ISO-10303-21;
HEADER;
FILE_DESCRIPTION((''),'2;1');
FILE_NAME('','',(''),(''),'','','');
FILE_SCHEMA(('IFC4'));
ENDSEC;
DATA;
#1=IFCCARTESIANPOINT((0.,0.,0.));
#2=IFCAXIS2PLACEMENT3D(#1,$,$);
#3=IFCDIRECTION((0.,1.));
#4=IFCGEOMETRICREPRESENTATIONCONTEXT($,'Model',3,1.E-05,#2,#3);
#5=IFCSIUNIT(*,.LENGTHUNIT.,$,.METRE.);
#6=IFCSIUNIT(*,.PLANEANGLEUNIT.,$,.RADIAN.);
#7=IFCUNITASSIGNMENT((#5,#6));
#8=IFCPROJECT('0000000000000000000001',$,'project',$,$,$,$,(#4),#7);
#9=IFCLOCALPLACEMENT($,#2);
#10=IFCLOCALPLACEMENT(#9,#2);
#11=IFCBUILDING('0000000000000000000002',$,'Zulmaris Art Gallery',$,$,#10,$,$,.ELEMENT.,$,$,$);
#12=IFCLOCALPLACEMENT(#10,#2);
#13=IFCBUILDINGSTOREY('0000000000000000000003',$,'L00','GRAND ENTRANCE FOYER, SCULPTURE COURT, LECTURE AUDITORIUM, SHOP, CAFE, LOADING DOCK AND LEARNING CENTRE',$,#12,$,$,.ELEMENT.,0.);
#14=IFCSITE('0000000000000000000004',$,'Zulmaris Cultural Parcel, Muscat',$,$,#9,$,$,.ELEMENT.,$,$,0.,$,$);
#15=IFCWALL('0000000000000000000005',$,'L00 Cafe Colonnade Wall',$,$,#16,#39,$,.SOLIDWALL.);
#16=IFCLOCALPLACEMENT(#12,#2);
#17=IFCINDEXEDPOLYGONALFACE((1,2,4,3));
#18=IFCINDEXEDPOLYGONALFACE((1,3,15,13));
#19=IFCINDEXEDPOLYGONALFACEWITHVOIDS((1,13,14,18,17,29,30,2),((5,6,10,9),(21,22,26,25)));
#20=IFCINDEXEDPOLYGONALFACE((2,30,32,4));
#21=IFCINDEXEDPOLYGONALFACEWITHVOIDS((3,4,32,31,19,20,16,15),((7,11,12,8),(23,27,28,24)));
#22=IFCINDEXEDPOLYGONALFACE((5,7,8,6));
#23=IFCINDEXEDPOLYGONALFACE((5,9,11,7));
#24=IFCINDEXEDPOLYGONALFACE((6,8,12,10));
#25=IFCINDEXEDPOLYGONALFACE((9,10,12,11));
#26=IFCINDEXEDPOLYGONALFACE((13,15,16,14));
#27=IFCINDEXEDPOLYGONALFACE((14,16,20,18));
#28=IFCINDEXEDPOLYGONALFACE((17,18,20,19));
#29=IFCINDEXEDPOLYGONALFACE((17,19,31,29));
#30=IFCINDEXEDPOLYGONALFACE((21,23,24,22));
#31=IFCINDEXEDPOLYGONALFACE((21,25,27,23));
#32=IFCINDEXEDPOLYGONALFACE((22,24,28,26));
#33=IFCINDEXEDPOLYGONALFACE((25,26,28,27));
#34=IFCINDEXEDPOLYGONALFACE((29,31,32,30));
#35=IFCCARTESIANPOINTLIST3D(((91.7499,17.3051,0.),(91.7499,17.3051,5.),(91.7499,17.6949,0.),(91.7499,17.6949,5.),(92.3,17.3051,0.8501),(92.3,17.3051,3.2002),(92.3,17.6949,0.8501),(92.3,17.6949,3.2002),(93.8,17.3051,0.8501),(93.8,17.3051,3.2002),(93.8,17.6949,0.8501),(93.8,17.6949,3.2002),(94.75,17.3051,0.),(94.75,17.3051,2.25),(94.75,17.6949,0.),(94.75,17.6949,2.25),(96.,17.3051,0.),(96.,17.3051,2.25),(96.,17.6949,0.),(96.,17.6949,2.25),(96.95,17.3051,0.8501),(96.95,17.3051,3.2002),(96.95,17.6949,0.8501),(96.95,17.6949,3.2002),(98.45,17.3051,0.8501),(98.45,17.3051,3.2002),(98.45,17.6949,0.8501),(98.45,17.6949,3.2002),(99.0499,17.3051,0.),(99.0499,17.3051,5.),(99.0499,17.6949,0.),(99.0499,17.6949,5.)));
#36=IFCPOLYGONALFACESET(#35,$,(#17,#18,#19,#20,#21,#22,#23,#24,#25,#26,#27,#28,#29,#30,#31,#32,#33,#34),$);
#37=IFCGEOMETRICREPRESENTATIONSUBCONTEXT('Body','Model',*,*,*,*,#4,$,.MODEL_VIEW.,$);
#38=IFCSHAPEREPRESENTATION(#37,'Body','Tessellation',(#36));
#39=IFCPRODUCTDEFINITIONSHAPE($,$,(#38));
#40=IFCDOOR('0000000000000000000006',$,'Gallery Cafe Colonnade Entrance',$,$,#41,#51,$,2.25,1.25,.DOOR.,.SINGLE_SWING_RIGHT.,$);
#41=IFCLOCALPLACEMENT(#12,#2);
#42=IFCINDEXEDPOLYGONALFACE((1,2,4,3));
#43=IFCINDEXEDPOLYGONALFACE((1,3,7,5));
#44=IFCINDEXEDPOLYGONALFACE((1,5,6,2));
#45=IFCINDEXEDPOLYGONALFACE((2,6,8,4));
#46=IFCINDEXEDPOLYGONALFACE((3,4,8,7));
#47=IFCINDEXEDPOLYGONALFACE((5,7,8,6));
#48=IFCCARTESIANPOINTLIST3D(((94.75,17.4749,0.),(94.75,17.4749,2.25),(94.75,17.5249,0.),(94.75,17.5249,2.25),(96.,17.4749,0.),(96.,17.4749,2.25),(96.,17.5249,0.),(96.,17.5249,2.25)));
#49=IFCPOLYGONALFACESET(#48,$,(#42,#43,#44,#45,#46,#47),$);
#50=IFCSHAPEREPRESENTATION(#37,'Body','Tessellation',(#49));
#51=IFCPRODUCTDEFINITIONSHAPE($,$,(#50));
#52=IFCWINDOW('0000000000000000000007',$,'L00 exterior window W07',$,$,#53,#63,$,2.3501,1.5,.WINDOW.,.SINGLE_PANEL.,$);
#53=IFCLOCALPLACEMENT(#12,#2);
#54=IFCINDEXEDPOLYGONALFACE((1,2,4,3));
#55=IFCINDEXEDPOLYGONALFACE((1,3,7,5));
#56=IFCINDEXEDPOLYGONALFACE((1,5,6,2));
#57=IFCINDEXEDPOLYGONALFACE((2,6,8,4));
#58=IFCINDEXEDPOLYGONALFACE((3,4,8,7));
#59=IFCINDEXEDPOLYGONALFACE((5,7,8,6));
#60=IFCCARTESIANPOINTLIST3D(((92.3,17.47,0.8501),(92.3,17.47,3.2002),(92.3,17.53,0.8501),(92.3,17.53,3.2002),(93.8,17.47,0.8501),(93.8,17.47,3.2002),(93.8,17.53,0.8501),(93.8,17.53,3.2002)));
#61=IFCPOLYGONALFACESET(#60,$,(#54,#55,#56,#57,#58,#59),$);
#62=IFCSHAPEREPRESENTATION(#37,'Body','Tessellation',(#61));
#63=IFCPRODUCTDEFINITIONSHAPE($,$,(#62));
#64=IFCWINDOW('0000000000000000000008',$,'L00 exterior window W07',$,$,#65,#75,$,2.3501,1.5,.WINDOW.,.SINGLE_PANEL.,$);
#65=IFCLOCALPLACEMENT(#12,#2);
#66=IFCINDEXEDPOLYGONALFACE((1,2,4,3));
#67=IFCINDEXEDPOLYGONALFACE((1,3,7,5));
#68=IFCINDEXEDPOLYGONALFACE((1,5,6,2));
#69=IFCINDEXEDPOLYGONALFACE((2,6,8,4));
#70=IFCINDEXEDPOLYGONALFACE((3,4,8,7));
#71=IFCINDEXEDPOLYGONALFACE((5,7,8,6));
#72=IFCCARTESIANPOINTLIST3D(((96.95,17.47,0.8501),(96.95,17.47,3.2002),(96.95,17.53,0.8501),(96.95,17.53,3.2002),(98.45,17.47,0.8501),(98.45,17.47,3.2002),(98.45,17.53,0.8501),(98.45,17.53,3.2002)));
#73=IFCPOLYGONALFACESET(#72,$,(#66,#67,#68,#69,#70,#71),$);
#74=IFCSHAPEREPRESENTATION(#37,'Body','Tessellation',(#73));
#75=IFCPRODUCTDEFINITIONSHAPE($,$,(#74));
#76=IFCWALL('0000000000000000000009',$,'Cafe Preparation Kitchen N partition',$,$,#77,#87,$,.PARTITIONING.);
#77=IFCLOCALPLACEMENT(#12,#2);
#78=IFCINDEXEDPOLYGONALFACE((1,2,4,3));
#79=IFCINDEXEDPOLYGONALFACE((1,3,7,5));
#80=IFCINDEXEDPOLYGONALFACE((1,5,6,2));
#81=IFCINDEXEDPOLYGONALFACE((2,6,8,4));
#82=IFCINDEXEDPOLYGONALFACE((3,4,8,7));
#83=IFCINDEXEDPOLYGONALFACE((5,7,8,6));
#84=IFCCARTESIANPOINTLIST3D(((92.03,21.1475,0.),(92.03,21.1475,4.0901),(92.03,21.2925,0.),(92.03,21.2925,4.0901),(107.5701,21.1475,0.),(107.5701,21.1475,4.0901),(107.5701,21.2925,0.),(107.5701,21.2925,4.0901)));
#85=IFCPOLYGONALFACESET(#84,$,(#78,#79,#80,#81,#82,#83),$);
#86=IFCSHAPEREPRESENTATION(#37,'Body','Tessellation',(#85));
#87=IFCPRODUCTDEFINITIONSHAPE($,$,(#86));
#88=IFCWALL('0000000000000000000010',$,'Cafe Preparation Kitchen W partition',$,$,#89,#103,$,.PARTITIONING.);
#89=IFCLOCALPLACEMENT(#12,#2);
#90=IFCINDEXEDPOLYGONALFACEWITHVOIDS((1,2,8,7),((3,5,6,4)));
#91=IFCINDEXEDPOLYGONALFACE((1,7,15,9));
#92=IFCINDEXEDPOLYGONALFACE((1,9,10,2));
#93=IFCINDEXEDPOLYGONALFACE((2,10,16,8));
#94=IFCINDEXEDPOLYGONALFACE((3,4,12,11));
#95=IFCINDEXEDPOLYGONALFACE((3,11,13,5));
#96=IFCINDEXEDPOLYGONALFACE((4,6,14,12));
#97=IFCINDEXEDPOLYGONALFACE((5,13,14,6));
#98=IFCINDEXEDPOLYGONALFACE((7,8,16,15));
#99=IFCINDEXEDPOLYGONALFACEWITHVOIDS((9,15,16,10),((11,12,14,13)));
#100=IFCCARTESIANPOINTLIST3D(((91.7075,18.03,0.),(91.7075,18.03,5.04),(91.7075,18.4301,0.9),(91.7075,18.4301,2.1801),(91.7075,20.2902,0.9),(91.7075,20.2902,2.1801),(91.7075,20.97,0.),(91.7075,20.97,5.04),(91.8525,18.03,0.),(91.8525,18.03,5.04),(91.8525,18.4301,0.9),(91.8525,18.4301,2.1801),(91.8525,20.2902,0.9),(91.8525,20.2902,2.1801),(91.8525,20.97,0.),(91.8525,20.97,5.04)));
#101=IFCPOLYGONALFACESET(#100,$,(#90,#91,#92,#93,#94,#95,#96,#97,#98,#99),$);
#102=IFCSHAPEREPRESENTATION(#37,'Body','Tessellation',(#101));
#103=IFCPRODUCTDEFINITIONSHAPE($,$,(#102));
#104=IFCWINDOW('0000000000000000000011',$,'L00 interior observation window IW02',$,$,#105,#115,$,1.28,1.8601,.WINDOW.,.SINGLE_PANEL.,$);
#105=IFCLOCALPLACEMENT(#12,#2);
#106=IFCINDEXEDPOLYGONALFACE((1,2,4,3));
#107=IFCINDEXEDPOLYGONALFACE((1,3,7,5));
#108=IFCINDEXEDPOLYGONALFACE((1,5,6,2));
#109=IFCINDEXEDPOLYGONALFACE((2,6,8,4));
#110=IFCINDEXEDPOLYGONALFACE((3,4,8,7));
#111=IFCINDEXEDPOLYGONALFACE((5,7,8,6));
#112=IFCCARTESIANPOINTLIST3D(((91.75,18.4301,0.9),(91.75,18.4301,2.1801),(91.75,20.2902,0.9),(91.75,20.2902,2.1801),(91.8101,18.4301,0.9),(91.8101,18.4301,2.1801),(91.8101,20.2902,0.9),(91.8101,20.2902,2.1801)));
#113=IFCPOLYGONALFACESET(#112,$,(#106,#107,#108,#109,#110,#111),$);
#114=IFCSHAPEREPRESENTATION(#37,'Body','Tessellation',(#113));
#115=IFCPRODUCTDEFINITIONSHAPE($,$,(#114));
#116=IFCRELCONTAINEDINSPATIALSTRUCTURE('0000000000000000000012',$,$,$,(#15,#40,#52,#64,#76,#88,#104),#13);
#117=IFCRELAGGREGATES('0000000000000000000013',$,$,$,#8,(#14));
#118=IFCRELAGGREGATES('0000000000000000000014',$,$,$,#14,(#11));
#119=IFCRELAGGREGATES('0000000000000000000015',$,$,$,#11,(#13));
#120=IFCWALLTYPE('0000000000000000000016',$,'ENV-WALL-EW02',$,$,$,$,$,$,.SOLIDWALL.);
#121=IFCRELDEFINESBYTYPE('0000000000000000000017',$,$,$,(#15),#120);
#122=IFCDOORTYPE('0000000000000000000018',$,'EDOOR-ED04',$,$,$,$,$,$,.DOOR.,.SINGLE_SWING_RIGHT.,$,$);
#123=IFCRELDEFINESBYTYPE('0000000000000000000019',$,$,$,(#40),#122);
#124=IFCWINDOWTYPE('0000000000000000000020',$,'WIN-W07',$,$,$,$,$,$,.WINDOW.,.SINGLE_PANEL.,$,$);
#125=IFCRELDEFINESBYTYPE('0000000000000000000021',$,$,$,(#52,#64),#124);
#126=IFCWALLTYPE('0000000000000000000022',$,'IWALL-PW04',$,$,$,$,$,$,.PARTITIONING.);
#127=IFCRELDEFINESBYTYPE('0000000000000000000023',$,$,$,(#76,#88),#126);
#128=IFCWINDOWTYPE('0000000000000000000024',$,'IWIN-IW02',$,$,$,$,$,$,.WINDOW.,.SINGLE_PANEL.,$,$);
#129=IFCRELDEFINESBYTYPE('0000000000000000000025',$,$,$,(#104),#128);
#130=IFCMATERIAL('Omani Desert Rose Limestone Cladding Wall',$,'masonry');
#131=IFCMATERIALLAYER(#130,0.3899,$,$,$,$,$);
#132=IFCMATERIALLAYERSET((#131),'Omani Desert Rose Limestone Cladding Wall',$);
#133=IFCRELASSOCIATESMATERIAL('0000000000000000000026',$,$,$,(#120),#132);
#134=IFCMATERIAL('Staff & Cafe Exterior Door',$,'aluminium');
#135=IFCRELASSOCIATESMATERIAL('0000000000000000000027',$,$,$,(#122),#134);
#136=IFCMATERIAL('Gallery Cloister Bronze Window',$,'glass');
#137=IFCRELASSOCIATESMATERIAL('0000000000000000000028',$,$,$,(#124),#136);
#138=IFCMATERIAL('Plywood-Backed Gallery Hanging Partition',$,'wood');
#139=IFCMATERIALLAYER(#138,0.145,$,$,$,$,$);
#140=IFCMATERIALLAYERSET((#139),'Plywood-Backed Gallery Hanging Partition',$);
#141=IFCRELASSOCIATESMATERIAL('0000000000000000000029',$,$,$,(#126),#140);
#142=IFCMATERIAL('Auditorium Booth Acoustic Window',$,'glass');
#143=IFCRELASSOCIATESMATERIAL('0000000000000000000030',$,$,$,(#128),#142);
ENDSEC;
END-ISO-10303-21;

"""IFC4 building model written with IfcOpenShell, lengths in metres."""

from ifc_helpers import new_model, si_unit, direction, frame, frame_2d, origin, place, context, subcontext, project, spatial, rectangle, extrude, material, layer, layer_set, type_object, element, fill, save


model = new_model("IFC4")

# Units and contexts
model_context = context("Model", 3, precision=1e-05, world=origin(), true_north=direction((0.0, 1.0)))
body_context = subcontext(model_context, "Body", "Model", "MODEL_VIEW")
ifc_project = project(units=[si_unit("LENGTHUNIT", "METRE"), si_unit("PLANEANGLEUNIT", "RADIAN")], contexts=[model_context])

# Site, building, storey
site_placement = place(None, origin())
site = spatial("IfcSite", under=ifc_project, at=site_placement, Name="Zulmaris Cultural Parcel, Muscat", CompositionType="ELEMENT", RefElevation=0.0)
building_placement = place(site_placement, origin())
building = spatial("IfcBuilding", under=site, at=building_placement, Name="Zulmaris Art Gallery", CompositionType="ELEMENT")
storey_placement = place(building_placement, origin())
storey = spatial("IfcBuildingStorey", under=building, at=storey_placement, Name="L00", Description="GRAND ENTRANCE FOYER, SCULPTURE COURT, LECTURE AUDITORIUM, SHOP, CAFE, LOADING DOCK AND LEARNING CENTRE", CompositionType="ELEMENT", Elevation=0.0)

# Wall, openings, door, windows
ifc_material_1 = material(Name="Omani Desert Rose Limestone Cladding Wall", Category="masonry")
ifc_layer_1 = layer(ifc_material_1, 0.3899)
ifc_layer_set_1 = layer_set([ifc_layer_1], Name="Omani Desert Rose Limestone Cladding Wall")
wall_type_1 = type_object("IfcWallType", Name="ENV-WALL-EW02", PredefinedType="SOLIDWALL", material=ifc_layer_set_1)
wall_1_placement = place(storey_placement, frame((91.75, 17.5, 0.0), z_axis=(0.0, 0.0, 1.0), x_axis=(1.0, 0.0, 0.0)))
wall_1 = element("IfcWall", 1, at=wall_1_placement, inside=storey, type_object=wall_type_1, Name="L00 Cafe Colonnade Wall", PredefinedType="SOLIDWALL", context=body_context, shape_type="SweptSolid", body=[
    extrude(rectangle(XDim=7.3, YDim=0.3899, at=frame_2d((3.6499, 0.0))), origin(), (0.0, 0.0, 1.0), 5.0),
])
opening_1_placement = place(wall_1_placement, frame((0.55, 0.0, 0.8501)))
opening_1 = element("IfcOpeningElement", 2, at=opening_1_placement, cuts=wall_1, PredefinedType="OPENING", context=body_context, shape_type="SweptSolid", body=[
    extrude(rectangle(XDim=1.5, YDim=2.3501, at=frame_2d((0.75, 1.175))), frame((0.0, 0.2048, 0.0), z_axis=(0.0, -1.0, 0.0), x_axis=(1.0, 0.0, 0.0)), (0.0, 0.0, 1.0), 0.4099),
])
opening_2_placement = place(wall_1_placement, frame((5.2, 0.0, 0.8501)))
opening_2 = element("IfcOpeningElement", 3, at=opening_2_placement, cuts=wall_1, PredefinedType="OPENING", context=body_context, shape_type="SweptSolid", body=[
    extrude(rectangle(XDim=1.5, YDim=2.3501, at=frame_2d((0.75, 1.175))), frame((0.0, 0.2048, 0.0), z_axis=(0.0, -1.0, 0.0), x_axis=(1.0, 0.0, 0.0)), (0.0, 0.0, 1.0), 0.4099),
])
opening_3_placement = place(wall_1_placement, frame((3.0, 0.0, 0.0)))
opening_3 = element("IfcOpeningElement", 4, at=opening_3_placement, cuts=wall_1, PredefinedType="OPENING", context=body_context, shape_type="SweptSolid", body=[
    extrude(rectangle(XDim=1.25, YDim=2.25, at=frame_2d((0.625, 1.125))), frame((0.0, 0.2048, 0.0), z_axis=(0.0, -1.0, 0.0), x_axis=(1.0, 0.0, 0.0)), (0.0, 0.0, 1.0), 0.4099),
])
ifc_material_2 = material(Name="Staff & Cafe Exterior Door", Category="aluminium")
door_type = type_object("IfcDoorType", Name="EDOOR-ED04", OperationType="SINGLE_SWING_RIGHT", PredefinedType="DOOR", material=ifc_material_2)
door_placement = place(opening_3_placement, origin())
door = element("IfcDoor", 5, at=door_placement, inside=storey, type_object=door_type, Name="Gallery Cafe Colonnade Entrance", OperationType="SINGLE_SWING_RIGHT", OverallHeight=2.25, OverallWidth=1.25, PredefinedType="DOOR", context=body_context, shape_type="SweptSolid", body=[
    extrude(rectangle(XDim=1.25, YDim=2.25, at=frame_2d((0.625, 1.125))), frame((0.0, 0.0249, 0.0), z_axis=(0.0, -1.0, 0.0), x_axis=(1.0, 0.0, 0.0)), (0.0, 0.0, 1.0), 0.05),
])
fill(opening_3, door)
ifc_material_3 = material(Name="Gallery Cloister Bronze Window", Category="glass")
window_type_1 = type_object("IfcWindowType", Name="WIN-W07", PartitioningType="SINGLE_PANEL", PredefinedType="WINDOW", material=ifc_material_3)
window_1_placement = place(opening_1_placement, origin())
window_1 = element("IfcWindow", 6, at=window_1_placement, inside=storey, type_object=window_type_1, Name="L00 exterior window W07", OverallHeight=2.3501, OverallWidth=1.5, PartitioningType="SINGLE_PANEL", PredefinedType="WINDOW", context=body_context, shape_type="SweptSolid", body=[
    extrude(rectangle(XDim=1.5, YDim=2.3501, at=frame_2d((0.75, 1.175))), frame((0.0, 0.03, 0.0), z_axis=(0.0, -1.0, 0.0), x_axis=(1.0, 0.0, 0.0)), (0.0, 0.0, 1.0), 0.0601),
])
fill(opening_1, window_1)
window_2_placement = place(opening_2_placement, origin())
window_2 = element("IfcWindow", 7, at=window_2_placement, inside=storey, type_object=window_type_1, Name="L00 exterior window W07", OverallHeight=2.3501, OverallWidth=1.5, PartitioningType="SINGLE_PANEL", PredefinedType="WINDOW", context=body_context, shape_type="SweptSolid", body=[
    extrude(rectangle(XDim=1.5, YDim=2.3501, at=frame_2d((0.75, 1.175))), frame((0.0, 0.03, 0.0), z_axis=(0.0, -1.0, 0.0), x_axis=(1.0, 0.0, 0.0)), (0.0, 0.0, 1.0), 0.0601),
])
fill(opening_2, window_2)

# Wall
ifc_material_4 = material(Name="Plywood-Backed Gallery Hanging Partition", Category="wood")
ifc_layer_2 = layer(ifc_material_4, 0.145)
ifc_layer_set_2 = layer_set([ifc_layer_2], Name="Plywood-Backed Gallery Hanging Partition")
wall_type_2 = type_object("IfcWallType", Name="IWALL-PW04", PredefinedType="PARTITIONING", material=ifc_layer_set_2)
wall_2_placement = place(storey_placement, frame((92.03, 21.22, 0.0), z_axis=(0.0, 0.0, 1.0), x_axis=(1.0, 0.0, 0.0)))
element("IfcWall", 8, at=wall_2_placement, inside=storey, type_object=wall_type_2, Name="Cafe Preparation Kitchen N partition", PredefinedType="PARTITIONING", context=body_context, shape_type="SweptSolid", body=[
    extrude(rectangle(XDim=15.54, YDim=0.145, at=frame_2d((7.77, 0.0))), origin(), (0.0, 0.0, 1.0), 4.0901),
])

# Wall, opening, window
wall_3_placement = place(storey_placement, frame((91.78, 18.03, 0.0), z_axis=(0.0, 0.0, 1.0), x_axis=(0.0, 1.0, 0.0)))
wall_3 = element("IfcWall", 9, at=wall_3_placement, inside=storey, type_object=wall_type_2, Name="Cafe Preparation Kitchen W partition", PredefinedType="PARTITIONING", context=body_context, shape_type="SweptSolid", body=[
    extrude(rectangle(XDim=2.9399, YDim=0.145, at=frame_2d((1.47, 0.0))), origin(), (0.0, 0.0, 1.0), 5.04),
])
opening_4_placement = place(wall_3_placement, frame((0.3999, 0.0, 0.8999)))
opening_4 = element("IfcOpeningElement", 10, at=opening_4_placement, cuts=wall_3, PredefinedType="OPENING", context=body_context, shape_type="SweptSolid", body=[
    extrude(rectangle(XDim=1.8601, YDim=1.28, at=frame_2d((0.9302, 0.6401))), frame((0.0, 0.0825, 0.0), z_axis=(0.0, -1.0, 0.0), x_axis=(1.0, 0.0, 0.0)), (0.0, 0.0, 1.0), 0.165),
])
ifc_material_5 = material(Name="Auditorium Booth Acoustic Window", Category="glass")
window_type_2 = type_object("IfcWindowType", Name="IWIN-IW02", PartitioningType="SINGLE_PANEL", PredefinedType="WINDOW", material=ifc_material_5)
window_3_placement = place(opening_4_placement, origin())
window_3 = element("IfcWindow", 11, at=window_3_placement, inside=storey, type_object=window_type_2, Name="L00 interior observation window IW02", OverallHeight=1.28, OverallWidth=1.8601, PartitioningType="SINGLE_PANEL", PredefinedType="WINDOW", context=body_context, shape_type="SweptSolid", body=[
    extrude(rectangle(XDim=1.8601, YDim=1.28, at=frame_2d((0.9302, 0.6401))), frame((0.0, 0.03, 0.0), z_axis=(0.0, -1.0, 0.0), x_axis=(1.0, 0.0, 0.0)), (0.0, 0.0, 1.0), 0.0601),
])
fill(opening_4, window_3)

save(model, "model.ifc")
